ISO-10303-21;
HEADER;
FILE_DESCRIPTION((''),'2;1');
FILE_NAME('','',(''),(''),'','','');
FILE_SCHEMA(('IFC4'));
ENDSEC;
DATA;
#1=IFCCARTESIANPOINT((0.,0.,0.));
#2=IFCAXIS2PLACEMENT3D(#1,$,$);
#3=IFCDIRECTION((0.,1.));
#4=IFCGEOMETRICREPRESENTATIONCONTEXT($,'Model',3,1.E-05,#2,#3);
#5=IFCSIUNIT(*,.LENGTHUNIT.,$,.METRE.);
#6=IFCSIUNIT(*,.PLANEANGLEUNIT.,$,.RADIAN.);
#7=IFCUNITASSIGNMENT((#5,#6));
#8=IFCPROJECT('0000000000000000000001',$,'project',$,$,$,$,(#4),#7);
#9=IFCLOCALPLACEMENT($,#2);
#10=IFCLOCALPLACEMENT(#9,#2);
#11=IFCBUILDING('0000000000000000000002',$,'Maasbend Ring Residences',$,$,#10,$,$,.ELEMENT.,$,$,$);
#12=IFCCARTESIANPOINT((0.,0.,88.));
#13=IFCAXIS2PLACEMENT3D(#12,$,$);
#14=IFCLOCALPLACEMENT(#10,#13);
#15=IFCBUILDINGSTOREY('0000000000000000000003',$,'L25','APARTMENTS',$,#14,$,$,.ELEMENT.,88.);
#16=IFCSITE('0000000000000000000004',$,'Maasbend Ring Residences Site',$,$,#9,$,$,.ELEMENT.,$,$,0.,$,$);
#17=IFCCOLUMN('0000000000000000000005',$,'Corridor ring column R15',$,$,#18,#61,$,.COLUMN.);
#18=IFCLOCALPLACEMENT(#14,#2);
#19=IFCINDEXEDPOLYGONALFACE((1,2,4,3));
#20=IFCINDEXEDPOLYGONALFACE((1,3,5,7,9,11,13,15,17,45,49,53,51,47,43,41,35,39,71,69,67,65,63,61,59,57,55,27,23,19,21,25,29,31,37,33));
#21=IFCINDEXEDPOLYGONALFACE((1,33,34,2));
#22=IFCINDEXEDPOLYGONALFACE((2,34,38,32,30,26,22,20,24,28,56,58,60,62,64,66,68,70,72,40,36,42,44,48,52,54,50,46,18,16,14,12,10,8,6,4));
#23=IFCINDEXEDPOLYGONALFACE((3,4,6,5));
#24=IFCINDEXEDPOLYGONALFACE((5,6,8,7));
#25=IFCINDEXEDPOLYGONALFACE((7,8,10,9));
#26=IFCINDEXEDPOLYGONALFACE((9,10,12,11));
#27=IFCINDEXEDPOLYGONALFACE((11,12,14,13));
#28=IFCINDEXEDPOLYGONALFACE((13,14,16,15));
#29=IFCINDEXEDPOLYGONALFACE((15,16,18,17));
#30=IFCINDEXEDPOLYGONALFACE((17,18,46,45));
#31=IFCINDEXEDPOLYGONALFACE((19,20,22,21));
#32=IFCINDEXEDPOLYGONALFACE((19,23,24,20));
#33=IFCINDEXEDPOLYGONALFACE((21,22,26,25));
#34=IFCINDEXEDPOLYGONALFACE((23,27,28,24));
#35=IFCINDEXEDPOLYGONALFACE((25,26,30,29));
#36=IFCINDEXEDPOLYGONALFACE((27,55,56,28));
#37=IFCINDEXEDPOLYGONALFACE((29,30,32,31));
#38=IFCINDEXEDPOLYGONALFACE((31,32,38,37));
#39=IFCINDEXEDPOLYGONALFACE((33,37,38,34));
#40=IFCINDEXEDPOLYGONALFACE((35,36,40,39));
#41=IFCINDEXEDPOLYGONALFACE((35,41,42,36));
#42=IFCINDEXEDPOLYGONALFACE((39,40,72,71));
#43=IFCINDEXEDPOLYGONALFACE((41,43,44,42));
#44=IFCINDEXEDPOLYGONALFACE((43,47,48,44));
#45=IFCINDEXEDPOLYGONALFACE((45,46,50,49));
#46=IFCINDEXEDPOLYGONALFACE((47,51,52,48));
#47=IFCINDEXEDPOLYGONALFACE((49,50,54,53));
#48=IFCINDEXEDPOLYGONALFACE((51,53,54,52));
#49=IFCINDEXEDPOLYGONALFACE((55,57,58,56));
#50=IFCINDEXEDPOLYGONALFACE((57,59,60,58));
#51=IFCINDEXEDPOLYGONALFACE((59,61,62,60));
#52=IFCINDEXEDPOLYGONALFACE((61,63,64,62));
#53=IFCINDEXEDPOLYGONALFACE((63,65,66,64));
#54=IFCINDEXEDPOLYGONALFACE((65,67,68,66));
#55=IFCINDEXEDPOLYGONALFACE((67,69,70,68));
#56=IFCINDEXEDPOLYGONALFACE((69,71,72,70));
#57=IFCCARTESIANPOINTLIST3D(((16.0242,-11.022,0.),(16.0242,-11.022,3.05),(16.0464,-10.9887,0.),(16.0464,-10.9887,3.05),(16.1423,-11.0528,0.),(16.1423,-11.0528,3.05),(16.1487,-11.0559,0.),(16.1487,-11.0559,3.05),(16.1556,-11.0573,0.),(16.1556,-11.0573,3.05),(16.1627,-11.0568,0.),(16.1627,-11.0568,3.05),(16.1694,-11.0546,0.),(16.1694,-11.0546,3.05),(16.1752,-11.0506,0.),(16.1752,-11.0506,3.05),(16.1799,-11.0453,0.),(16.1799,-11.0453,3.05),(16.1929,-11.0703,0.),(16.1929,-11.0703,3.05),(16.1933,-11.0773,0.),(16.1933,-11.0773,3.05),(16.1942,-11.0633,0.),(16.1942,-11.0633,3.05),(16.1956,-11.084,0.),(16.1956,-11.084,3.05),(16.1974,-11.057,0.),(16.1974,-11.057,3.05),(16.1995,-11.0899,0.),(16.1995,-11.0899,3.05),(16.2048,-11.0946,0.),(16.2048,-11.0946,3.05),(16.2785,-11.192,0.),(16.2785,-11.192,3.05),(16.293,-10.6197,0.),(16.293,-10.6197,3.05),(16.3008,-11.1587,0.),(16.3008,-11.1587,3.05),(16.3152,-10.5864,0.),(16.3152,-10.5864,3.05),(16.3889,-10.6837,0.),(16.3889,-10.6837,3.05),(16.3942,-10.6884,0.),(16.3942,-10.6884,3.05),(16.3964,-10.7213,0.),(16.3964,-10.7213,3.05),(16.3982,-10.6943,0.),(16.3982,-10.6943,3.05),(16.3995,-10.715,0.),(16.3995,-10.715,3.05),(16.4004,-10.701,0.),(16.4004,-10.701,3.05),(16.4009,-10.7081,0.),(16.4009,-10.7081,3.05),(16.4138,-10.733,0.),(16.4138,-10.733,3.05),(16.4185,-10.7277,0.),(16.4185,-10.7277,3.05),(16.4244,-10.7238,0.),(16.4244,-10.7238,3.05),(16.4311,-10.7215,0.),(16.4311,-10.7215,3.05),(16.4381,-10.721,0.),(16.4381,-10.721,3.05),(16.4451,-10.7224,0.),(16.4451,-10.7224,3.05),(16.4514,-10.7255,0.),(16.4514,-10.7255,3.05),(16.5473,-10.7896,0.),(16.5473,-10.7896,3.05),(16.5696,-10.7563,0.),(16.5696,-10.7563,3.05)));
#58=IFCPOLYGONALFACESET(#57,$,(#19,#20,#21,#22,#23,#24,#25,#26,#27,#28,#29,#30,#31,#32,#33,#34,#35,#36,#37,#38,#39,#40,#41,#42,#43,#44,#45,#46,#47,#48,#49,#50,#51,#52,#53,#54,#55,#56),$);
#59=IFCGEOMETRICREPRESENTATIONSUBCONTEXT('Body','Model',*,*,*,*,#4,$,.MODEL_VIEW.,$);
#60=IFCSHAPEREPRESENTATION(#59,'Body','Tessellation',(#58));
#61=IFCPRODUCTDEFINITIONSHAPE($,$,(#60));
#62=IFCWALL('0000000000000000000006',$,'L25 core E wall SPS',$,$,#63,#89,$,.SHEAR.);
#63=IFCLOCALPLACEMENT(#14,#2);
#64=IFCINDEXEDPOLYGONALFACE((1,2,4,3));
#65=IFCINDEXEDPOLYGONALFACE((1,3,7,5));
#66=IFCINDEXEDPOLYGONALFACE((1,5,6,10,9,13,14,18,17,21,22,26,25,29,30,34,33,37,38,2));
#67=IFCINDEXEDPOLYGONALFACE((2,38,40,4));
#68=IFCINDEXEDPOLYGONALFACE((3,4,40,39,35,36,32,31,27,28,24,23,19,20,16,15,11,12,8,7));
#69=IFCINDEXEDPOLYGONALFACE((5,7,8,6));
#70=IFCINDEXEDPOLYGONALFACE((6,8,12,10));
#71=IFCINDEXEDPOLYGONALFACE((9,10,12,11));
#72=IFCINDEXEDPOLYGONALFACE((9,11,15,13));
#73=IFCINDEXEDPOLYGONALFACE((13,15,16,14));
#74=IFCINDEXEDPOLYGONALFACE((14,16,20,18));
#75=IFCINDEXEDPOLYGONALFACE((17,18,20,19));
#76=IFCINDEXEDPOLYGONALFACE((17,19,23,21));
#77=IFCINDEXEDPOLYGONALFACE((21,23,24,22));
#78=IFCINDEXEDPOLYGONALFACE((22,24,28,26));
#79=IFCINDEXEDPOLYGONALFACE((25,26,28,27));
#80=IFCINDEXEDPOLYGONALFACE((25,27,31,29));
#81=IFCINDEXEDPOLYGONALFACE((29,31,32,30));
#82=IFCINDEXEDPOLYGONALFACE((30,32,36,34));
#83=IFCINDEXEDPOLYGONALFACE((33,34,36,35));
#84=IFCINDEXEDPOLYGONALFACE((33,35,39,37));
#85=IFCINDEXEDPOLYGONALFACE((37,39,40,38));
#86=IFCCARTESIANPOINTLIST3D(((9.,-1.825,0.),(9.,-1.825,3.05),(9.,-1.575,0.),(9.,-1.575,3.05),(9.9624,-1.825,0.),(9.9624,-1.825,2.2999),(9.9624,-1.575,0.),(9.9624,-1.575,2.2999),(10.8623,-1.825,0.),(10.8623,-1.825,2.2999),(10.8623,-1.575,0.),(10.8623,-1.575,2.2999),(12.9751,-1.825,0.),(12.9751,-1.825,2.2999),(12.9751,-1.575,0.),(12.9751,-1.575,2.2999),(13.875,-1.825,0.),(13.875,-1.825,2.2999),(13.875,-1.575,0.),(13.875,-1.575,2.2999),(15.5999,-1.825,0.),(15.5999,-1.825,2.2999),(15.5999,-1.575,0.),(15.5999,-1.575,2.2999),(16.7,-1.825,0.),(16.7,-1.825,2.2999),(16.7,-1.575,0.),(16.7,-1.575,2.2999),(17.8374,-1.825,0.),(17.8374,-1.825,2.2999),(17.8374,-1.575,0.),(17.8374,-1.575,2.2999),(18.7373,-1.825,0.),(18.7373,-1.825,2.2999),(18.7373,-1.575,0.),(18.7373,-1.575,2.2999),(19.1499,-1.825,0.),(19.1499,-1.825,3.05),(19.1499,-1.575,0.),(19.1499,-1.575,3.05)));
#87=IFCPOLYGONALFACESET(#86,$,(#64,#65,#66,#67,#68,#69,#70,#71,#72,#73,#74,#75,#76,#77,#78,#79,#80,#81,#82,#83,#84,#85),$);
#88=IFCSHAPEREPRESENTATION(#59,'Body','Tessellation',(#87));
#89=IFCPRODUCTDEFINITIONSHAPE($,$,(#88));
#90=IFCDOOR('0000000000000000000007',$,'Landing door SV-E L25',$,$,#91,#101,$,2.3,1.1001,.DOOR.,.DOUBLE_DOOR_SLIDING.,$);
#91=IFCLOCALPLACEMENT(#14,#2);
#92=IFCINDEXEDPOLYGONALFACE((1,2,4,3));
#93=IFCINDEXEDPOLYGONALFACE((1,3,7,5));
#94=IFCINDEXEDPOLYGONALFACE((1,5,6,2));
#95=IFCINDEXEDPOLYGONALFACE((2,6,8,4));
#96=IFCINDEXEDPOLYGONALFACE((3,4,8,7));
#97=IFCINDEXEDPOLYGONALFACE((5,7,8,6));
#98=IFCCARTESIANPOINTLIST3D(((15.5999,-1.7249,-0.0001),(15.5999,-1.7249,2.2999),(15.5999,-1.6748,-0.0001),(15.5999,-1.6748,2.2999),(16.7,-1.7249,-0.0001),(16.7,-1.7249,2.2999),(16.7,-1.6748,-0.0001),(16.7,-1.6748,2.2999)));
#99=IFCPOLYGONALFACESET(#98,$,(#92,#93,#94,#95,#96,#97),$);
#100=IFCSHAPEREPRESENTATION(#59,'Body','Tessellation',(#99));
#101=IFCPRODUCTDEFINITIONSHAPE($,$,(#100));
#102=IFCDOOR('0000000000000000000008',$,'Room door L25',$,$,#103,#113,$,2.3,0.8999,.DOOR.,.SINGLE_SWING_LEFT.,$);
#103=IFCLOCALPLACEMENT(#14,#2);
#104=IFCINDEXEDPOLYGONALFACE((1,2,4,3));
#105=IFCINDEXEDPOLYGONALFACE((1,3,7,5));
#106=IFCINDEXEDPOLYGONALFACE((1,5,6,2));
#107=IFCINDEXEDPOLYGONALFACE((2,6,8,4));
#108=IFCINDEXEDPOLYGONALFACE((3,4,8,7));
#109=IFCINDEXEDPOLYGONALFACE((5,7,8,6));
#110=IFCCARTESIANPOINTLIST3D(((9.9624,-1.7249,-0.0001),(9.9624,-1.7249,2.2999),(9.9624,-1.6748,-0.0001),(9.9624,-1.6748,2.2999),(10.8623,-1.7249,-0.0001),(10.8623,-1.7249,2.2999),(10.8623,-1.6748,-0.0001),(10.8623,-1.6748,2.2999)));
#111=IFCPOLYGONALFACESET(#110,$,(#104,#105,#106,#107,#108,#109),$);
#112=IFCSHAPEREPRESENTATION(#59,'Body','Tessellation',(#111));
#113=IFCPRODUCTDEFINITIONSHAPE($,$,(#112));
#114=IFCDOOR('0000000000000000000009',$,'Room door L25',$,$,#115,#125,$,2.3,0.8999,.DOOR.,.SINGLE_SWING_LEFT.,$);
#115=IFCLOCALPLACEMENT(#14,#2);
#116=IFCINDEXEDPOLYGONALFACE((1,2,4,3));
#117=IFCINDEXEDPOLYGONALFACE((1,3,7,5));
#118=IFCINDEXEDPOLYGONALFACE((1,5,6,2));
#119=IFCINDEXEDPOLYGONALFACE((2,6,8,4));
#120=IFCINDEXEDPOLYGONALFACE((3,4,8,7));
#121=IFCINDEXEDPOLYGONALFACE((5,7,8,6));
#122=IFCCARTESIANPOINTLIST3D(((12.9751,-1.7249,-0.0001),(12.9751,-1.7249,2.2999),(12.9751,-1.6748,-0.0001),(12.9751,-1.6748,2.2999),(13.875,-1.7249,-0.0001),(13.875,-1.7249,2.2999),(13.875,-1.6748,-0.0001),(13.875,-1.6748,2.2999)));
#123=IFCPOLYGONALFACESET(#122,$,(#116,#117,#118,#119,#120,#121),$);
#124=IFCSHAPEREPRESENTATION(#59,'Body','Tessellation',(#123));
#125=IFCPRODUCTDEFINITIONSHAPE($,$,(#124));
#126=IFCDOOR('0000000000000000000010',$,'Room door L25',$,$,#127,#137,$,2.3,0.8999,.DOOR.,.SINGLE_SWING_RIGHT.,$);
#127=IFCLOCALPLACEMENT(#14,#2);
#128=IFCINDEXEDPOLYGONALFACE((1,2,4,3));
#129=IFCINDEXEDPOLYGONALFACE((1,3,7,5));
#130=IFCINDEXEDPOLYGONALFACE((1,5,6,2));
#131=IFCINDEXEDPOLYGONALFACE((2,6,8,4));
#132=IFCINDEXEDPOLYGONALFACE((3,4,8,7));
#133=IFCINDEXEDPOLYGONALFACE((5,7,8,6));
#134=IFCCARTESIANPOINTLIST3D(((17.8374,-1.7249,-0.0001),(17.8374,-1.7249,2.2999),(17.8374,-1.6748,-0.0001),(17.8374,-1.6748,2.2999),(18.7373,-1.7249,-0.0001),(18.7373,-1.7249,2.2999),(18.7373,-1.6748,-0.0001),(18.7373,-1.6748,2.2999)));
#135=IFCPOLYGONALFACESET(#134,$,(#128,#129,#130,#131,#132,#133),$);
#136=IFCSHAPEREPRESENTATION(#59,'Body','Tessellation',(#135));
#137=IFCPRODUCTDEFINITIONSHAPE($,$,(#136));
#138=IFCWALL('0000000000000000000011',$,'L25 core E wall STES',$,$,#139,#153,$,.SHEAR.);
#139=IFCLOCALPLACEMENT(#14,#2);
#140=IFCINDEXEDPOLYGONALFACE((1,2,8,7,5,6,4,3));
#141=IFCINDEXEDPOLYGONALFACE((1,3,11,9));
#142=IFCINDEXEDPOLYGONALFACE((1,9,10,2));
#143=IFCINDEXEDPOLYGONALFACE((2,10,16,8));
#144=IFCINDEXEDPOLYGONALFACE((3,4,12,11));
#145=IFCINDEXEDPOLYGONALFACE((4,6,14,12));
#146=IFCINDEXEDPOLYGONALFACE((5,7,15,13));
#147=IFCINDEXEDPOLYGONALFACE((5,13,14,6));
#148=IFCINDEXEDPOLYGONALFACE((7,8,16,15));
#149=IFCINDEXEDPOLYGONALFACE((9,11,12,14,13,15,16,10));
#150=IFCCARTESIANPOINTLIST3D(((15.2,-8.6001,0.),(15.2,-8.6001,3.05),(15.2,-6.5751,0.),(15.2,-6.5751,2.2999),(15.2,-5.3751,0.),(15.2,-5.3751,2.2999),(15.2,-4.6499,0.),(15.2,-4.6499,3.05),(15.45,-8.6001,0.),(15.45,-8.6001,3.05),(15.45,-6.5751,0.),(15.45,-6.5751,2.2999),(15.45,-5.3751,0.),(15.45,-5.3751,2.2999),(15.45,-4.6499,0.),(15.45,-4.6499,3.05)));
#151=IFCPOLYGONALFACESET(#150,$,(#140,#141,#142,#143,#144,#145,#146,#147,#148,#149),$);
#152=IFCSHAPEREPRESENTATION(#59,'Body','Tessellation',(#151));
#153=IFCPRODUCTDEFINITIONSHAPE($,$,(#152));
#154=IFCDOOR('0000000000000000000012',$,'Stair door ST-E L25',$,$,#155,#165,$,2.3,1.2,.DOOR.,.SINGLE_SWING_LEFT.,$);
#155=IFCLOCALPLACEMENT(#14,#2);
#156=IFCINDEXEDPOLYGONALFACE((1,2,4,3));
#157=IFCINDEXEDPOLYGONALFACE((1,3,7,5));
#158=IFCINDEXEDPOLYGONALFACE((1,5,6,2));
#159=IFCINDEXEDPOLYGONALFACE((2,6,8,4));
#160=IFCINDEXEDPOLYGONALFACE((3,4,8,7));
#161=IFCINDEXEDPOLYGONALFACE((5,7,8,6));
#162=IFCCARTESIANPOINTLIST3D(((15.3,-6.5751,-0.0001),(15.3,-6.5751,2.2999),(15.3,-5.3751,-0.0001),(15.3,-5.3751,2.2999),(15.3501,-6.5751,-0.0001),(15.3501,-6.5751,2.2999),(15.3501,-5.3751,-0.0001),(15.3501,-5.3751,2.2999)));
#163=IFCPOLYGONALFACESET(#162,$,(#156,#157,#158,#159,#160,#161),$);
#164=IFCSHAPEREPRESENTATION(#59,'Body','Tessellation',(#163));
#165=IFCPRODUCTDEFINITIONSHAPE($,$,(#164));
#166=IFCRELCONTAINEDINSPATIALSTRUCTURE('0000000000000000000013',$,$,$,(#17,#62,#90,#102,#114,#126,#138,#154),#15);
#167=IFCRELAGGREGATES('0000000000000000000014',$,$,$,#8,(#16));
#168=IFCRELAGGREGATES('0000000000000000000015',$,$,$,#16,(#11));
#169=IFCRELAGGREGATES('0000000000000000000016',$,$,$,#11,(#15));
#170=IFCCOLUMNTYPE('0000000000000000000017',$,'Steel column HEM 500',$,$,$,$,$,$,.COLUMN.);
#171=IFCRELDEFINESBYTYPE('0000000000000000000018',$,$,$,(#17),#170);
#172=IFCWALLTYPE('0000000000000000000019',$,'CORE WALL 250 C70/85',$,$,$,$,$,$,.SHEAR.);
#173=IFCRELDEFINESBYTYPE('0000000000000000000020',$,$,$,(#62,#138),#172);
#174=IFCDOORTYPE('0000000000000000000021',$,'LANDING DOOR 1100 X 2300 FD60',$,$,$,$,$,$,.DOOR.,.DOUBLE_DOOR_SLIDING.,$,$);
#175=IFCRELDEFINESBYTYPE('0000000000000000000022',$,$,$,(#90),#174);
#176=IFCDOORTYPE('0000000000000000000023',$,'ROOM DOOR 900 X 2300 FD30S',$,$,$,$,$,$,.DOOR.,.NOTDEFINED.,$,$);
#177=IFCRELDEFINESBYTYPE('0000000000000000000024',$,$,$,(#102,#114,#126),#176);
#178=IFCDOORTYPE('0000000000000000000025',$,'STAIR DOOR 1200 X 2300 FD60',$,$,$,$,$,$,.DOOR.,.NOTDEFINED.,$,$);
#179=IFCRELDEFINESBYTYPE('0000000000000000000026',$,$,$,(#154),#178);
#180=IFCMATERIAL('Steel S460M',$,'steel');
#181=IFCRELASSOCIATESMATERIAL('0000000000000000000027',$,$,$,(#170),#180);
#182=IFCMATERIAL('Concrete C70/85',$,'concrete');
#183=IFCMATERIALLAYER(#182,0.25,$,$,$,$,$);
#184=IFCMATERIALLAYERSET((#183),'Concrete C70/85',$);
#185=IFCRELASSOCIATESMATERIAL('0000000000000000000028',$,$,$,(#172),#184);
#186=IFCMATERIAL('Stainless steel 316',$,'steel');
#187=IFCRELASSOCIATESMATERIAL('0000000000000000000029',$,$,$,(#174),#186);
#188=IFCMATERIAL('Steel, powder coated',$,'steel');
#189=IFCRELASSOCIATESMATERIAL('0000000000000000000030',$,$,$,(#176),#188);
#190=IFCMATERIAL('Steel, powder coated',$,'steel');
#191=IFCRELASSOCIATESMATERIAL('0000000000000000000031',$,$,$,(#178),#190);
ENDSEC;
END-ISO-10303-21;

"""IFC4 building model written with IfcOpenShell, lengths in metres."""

from ifc_helpers import new_model, si_unit, direction, frame, frame_2d, origin, origin_2d, place, context, subcontext, project, spatial, rectangle, i_section, extrude, material, layer, layer_set, material_profile, profile_set, type_object, element, fill, save


model = new_model("IFC4")

# Units and contexts
model_context = context("Model", 3, precision=1e-05, world=origin(), true_north=direction((0.0, 1.0)))
body_context = subcontext(model_context, "Body", "Model", "MODEL_VIEW")
ifc_project = project(units=[si_unit("LENGTHUNIT", "METRE"), si_unit("PLANEANGLEUNIT", "RADIAN")], contexts=[model_context])

# Site, building, storey
site_placement = place(None, origin())
site = spatial("IfcSite", under=ifc_project, at=site_placement, Name="Maasbend Ring Residences Site", CompositionType="ELEMENT", RefElevation=0.0)
building_placement = place(site_placement, origin())
building = spatial("IfcBuilding", under=site, at=building_placement, Name="Maasbend Ring Residences", CompositionType="ELEMENT")
storey_placement = place(building_placement, frame((0.0, 0.0, 88.0)))
storey = spatial("IfcBuildingStorey", under=building, at=storey_placement, Name="L25", Description="APARTMENTS", CompositionType="ELEMENT", Elevation=88.0)

# Column
ifc_material_1 = material(Name="Steel S460M", Category="steel")
ifc_material_profile = material_profile(ifc_material_1, i_section(OverallWidth=0.3059, OverallDepth=0.5239, WebThickness=0.021, FlangeThickness=0.04, FilletRadius=0.0271, at=origin_2d()), Name="HEM 500")
ifc_profile_set = profile_set([ifc_material_profile], Name="Steel S460M")
column_type = type_object("IfcColumnType", Name="Steel column HEM 500", PredefinedType="COLUMN", material=ifc_profile_set)
column_placement = place(storey_placement, frame((16.2969, -10.8892, 0.0), z_axis=(0.0, 0.0, 1.0), x_axis=(0.83147, -0.55557, 0.0)))
element("IfcColumn", 1, at=column_placement, inside=storey, type_object=column_type, Name="Corridor ring column R15", PredefinedType="COLUMN", context=body_context, shape_type="SweptSolid", body=[
    extrude(i_section(OverallWidth=0.3059, OverallDepth=0.5239, WebThickness=0.021, FlangeThickness=0.04, FilletRadius=0.0271, at=origin_2d()), origin(), (0.0, 0.0, 1.0), 3.05),
])

# Wall, openings, doors
ifc_material_2 = material(Name="Concrete C70/85", Category="concrete")
ifc_layer_1 = layer(ifc_material_2, 0.25)
ifc_layer_set_1 = layer_set([ifc_layer_1], Name="Concrete C70/85")
wall_type_1 = type_object("IfcWallType", Name="CORE WALL 250 C70/85", PredefinedType="SHEAR", material=ifc_layer_set_1)
wall_1_placement = place(storey_placement, frame((19.1499, -1.7, 0.0), z_axis=(0.0, 0.0, 1.0), x_axis=(-1.0, 0.0, 0.0)))
wall_1 = element("IfcWall", 2, at=wall_1_placement, inside=storey, type_object=wall_type_1, Name="L25 core E wall SPS", PredefinedType="SHEAR", context=body_context, shape_type="SweptSolid", body=[
    extrude(rectangle(XDim=10.1499, YDim=0.25, at=frame_2d((5.075, 0.0))), origin(), (0.0, 0.0, 1.0), 3.05),
])
opening_1_placement = place(wall_1_placement, frame((2.45, 0.0, 0.0)))
opening_1 = element("IfcOpeningElement", 3, at=opening_1_placement, cuts=wall_1, PredefinedType="OPENING", context=body_context, shape_type="SweptSolid", body=[
    extrude(rectangle(XDim=1.1001, YDim=2.3, at=frame_2d((0.55, 1.1499))), frame((0.0, 0.135, 0.0), z_axis=(0.0, -1.0, 0.0), x_axis=(1.0, 0.0, 0.0)), (0.0, 0.0, 1.0), 0.27),
])
opening_2_placement = place(wall_1_placement, frame((8.2876, 0.0, 0.0)))
opening_2 = element("IfcOpeningElement", 4, at=opening_2_placement, cuts=wall_1, PredefinedType="OPENING", context=body_context, shape_type="SweptSolid", body=[
    extrude(rectangle(XDim=0.8999, YDim=2.3, at=frame_2d((0.45, 1.1499))), frame((0.0, 0.135, 0.0), z_axis=(0.0, -1.0, 0.0), x_axis=(1.0, 0.0, 0.0)), (0.0, 0.0, 1.0), 0.27),
])
opening_3_placement = place(wall_1_placement, frame((5.2749, 0.0, 0.0)))
opening_3 = element("IfcOpeningElement", 5, at=opening_3_placement, cuts=wall_1, PredefinedType="OPENING", context=body_context, shape_type="SweptSolid", body=[
    extrude(rectangle(XDim=0.8999, YDim=2.3, at=frame_2d((0.45, 1.1499))), frame((0.0, 0.135, 0.0), z_axis=(0.0, -1.0, 0.0), x_axis=(1.0, 0.0, 0.0)), (0.0, 0.0, 1.0), 0.27),
])
opening_4_placement = place(wall_1_placement, frame((0.4126, 0.0, 0.0)))
opening_4 = element("IfcOpeningElement", 6, at=opening_4_placement, cuts=wall_1, PredefinedType="OPENING", context=body_context, shape_type="SweptSolid", body=[
    extrude(rectangle(XDim=0.8999, YDim=2.3, at=frame_2d((0.45, 1.1499))), frame((0.0, 0.135, 0.0), z_axis=(0.0, -1.0, 0.0), x_axis=(1.0, 0.0, 0.0)), (0.0, 0.0, 1.0), 0.27),
])
ifc_material_3 = material(Name="Stainless steel 316", Category="steel")
door_type_1 = type_object("IfcDoorType", Name="LANDING DOOR 1100 X 2300 FD60", OperationType="DOUBLE_DOOR_SLIDING", PredefinedType="DOOR", material=ifc_material_3)
door_1_placement = place(opening_1_placement, origin())
door_1 = element("IfcDoor", 7, at=door_1_placement, inside=storey, type_object=door_type_1, Name="Landing door SV-E L25", OperationType="DOUBLE_DOOR_SLIDING", OverallHeight=2.3, OverallWidth=1.1001, PredefinedType="DOOR", context=body_context, shape_type="SweptSolid", body=[
    extrude(rectangle(XDim=1.1001, YDim=2.3, at=frame_2d((0.55, 1.1499))), frame((0.0, 0.0249, 0.0), z_axis=(0.0, -1.0, 0.0), x_axis=(1.0, 0.0, 0.0)), (0.0, 0.0, 1.0), 0.05),
])
fill(opening_1, door_1)
ifc_material_4 = material(Name="Steel, powder coated", Category="steel")
door_type_2 = type_object("IfcDoorType", Name="ROOM DOOR 900 X 2300 FD30S", OperationType="NOTDEFINED", PredefinedType="DOOR", material=ifc_material_4)
door_2_placement = place(opening_2_placement, origin())
door_2 = element("IfcDoor", 8, at=door_2_placement, inside=storey, type_object=door_type_2, Name="Room door L25", OperationType="SINGLE_SWING_LEFT", OverallHeight=2.3, OverallWidth=0.8999, PredefinedType="DOOR", context=body_context, shape_type="SweptSolid", body=[
    extrude(rectangle(XDim=0.8999, YDim=2.3, at=frame_2d((0.45, 1.1499))), frame((0.0, 0.0249, 0.0), z_axis=(0.0, -1.0, 0.0), x_axis=(1.0, 0.0, 0.0)), (0.0, 0.0, 1.0), 0.05),
])
fill(opening_2, door_2)
door_3_placement = place(opening_3_placement, origin())
door_3 = element("IfcDoor", 9, at=door_3_placement, inside=storey, type_object=door_type_2, Name="Room door L25", OperationType="SINGLE_SWING_LEFT", OverallHeight=2.3, OverallWidth=0.8999, PredefinedType="DOOR", context=body_context, shape_type="SweptSolid", body=[
    extrude(rectangle(XDim=0.8999, YDim=2.3, at=frame_2d((0.45, 1.1499))), frame((0.0, 0.0249, 0.0), z_axis=(0.0, -1.0, 0.0), x_axis=(1.0, 0.0, 0.0)), (0.0, 0.0, 1.0), 0.05),
])
fill(opening_3, door_3)
door_4_placement = place(opening_4_placement, origin())
door_4 = element("IfcDoor", 10, at=door_4_placement, inside=storey, type_object=door_type_2, Name="Room door L25", OperationType="SINGLE_SWING_RIGHT", OverallHeight=2.3, OverallWidth=0.8999, PredefinedType="DOOR", context=body_context, shape_type="SweptSolid", body=[
    extrude(rectangle(XDim=0.8999, YDim=2.3, at=frame_2d((0.45, 1.1499))), frame((0.0, 0.0249, 0.0), z_axis=(0.0, -1.0, 0.0), x_axis=(1.0, 0.0, 0.0)), (0.0, 0.0, 1.0), 0.05),
])
fill(opening_4, door_4)

# Wall, opening, door
wall_2_placement = place(storey_placement, frame((15.325, -8.6001, 0.0), z_axis=(0.0, 0.0, 1.0), x_axis=(0.0, 1.0, 0.0)))
wall_2 = element("IfcWall", 11, at=wall_2_placement, inside=storey, type_object=wall_type_1, Name="L25 core E wall STES", PredefinedType="SHEAR", context=body_context, shape_type="SweptSolid", body=[
    extrude(rectangle(XDim=3.9502, YDim=0.25, at=frame_2d((1.9751, 0.0))), origin(), (0.0, 0.0, 1.0), 3.05),
])
opening_5_placement = place(wall_2_placement, frame((2.0249, 0.0, 0.0)))
opening_5 = element("IfcOpeningElement", 12, at=opening_5_placement, cuts=wall_2, PredefinedType="OPENING", context=body_context, shape_type="SweptSolid", body=[
    extrude(rectangle(XDim=1.2, YDim=2.3, at=frame_2d((0.6001, 1.1499))), frame((0.0, 0.135, 0.0), z_axis=(0.0, -1.0, 0.0), x_axis=(1.0, 0.0, 0.0)), (0.0, 0.0, 1.0), 0.27),
])
ifc_material_5 = material(Name="Steel, powder coated", Category="steel")
door_type_3 = type_object("IfcDoorType", Name="STAIR DOOR 1200 X 2300 FD60", OperationType="NOTDEFINED", PredefinedType="DOOR", material=ifc_material_5)
door_5_placement = place(opening_5_placement, origin())
door_5 = element("IfcDoor", 13, at=door_5_placement, inside=storey, type_object=door_type_3, Name="Stair door ST-E L25", OperationType="SINGLE_SWING_LEFT", OverallHeight=2.3, OverallWidth=1.2, PredefinedType="DOOR", context=body_context, shape_type="SweptSolid", body=[
    extrude(rectangle(XDim=1.2, YDim=2.3, at=frame_2d((0.6001, 1.1499))), frame((0.0, 0.0249, 0.0), z_axis=(0.0, -1.0, 0.0), x_axis=(1.0, 0.0, 0.0)), (0.0, 0.0, 1.0), 0.05),
])
fill(opening_5, door_5)

save(model, "model.ifc")
